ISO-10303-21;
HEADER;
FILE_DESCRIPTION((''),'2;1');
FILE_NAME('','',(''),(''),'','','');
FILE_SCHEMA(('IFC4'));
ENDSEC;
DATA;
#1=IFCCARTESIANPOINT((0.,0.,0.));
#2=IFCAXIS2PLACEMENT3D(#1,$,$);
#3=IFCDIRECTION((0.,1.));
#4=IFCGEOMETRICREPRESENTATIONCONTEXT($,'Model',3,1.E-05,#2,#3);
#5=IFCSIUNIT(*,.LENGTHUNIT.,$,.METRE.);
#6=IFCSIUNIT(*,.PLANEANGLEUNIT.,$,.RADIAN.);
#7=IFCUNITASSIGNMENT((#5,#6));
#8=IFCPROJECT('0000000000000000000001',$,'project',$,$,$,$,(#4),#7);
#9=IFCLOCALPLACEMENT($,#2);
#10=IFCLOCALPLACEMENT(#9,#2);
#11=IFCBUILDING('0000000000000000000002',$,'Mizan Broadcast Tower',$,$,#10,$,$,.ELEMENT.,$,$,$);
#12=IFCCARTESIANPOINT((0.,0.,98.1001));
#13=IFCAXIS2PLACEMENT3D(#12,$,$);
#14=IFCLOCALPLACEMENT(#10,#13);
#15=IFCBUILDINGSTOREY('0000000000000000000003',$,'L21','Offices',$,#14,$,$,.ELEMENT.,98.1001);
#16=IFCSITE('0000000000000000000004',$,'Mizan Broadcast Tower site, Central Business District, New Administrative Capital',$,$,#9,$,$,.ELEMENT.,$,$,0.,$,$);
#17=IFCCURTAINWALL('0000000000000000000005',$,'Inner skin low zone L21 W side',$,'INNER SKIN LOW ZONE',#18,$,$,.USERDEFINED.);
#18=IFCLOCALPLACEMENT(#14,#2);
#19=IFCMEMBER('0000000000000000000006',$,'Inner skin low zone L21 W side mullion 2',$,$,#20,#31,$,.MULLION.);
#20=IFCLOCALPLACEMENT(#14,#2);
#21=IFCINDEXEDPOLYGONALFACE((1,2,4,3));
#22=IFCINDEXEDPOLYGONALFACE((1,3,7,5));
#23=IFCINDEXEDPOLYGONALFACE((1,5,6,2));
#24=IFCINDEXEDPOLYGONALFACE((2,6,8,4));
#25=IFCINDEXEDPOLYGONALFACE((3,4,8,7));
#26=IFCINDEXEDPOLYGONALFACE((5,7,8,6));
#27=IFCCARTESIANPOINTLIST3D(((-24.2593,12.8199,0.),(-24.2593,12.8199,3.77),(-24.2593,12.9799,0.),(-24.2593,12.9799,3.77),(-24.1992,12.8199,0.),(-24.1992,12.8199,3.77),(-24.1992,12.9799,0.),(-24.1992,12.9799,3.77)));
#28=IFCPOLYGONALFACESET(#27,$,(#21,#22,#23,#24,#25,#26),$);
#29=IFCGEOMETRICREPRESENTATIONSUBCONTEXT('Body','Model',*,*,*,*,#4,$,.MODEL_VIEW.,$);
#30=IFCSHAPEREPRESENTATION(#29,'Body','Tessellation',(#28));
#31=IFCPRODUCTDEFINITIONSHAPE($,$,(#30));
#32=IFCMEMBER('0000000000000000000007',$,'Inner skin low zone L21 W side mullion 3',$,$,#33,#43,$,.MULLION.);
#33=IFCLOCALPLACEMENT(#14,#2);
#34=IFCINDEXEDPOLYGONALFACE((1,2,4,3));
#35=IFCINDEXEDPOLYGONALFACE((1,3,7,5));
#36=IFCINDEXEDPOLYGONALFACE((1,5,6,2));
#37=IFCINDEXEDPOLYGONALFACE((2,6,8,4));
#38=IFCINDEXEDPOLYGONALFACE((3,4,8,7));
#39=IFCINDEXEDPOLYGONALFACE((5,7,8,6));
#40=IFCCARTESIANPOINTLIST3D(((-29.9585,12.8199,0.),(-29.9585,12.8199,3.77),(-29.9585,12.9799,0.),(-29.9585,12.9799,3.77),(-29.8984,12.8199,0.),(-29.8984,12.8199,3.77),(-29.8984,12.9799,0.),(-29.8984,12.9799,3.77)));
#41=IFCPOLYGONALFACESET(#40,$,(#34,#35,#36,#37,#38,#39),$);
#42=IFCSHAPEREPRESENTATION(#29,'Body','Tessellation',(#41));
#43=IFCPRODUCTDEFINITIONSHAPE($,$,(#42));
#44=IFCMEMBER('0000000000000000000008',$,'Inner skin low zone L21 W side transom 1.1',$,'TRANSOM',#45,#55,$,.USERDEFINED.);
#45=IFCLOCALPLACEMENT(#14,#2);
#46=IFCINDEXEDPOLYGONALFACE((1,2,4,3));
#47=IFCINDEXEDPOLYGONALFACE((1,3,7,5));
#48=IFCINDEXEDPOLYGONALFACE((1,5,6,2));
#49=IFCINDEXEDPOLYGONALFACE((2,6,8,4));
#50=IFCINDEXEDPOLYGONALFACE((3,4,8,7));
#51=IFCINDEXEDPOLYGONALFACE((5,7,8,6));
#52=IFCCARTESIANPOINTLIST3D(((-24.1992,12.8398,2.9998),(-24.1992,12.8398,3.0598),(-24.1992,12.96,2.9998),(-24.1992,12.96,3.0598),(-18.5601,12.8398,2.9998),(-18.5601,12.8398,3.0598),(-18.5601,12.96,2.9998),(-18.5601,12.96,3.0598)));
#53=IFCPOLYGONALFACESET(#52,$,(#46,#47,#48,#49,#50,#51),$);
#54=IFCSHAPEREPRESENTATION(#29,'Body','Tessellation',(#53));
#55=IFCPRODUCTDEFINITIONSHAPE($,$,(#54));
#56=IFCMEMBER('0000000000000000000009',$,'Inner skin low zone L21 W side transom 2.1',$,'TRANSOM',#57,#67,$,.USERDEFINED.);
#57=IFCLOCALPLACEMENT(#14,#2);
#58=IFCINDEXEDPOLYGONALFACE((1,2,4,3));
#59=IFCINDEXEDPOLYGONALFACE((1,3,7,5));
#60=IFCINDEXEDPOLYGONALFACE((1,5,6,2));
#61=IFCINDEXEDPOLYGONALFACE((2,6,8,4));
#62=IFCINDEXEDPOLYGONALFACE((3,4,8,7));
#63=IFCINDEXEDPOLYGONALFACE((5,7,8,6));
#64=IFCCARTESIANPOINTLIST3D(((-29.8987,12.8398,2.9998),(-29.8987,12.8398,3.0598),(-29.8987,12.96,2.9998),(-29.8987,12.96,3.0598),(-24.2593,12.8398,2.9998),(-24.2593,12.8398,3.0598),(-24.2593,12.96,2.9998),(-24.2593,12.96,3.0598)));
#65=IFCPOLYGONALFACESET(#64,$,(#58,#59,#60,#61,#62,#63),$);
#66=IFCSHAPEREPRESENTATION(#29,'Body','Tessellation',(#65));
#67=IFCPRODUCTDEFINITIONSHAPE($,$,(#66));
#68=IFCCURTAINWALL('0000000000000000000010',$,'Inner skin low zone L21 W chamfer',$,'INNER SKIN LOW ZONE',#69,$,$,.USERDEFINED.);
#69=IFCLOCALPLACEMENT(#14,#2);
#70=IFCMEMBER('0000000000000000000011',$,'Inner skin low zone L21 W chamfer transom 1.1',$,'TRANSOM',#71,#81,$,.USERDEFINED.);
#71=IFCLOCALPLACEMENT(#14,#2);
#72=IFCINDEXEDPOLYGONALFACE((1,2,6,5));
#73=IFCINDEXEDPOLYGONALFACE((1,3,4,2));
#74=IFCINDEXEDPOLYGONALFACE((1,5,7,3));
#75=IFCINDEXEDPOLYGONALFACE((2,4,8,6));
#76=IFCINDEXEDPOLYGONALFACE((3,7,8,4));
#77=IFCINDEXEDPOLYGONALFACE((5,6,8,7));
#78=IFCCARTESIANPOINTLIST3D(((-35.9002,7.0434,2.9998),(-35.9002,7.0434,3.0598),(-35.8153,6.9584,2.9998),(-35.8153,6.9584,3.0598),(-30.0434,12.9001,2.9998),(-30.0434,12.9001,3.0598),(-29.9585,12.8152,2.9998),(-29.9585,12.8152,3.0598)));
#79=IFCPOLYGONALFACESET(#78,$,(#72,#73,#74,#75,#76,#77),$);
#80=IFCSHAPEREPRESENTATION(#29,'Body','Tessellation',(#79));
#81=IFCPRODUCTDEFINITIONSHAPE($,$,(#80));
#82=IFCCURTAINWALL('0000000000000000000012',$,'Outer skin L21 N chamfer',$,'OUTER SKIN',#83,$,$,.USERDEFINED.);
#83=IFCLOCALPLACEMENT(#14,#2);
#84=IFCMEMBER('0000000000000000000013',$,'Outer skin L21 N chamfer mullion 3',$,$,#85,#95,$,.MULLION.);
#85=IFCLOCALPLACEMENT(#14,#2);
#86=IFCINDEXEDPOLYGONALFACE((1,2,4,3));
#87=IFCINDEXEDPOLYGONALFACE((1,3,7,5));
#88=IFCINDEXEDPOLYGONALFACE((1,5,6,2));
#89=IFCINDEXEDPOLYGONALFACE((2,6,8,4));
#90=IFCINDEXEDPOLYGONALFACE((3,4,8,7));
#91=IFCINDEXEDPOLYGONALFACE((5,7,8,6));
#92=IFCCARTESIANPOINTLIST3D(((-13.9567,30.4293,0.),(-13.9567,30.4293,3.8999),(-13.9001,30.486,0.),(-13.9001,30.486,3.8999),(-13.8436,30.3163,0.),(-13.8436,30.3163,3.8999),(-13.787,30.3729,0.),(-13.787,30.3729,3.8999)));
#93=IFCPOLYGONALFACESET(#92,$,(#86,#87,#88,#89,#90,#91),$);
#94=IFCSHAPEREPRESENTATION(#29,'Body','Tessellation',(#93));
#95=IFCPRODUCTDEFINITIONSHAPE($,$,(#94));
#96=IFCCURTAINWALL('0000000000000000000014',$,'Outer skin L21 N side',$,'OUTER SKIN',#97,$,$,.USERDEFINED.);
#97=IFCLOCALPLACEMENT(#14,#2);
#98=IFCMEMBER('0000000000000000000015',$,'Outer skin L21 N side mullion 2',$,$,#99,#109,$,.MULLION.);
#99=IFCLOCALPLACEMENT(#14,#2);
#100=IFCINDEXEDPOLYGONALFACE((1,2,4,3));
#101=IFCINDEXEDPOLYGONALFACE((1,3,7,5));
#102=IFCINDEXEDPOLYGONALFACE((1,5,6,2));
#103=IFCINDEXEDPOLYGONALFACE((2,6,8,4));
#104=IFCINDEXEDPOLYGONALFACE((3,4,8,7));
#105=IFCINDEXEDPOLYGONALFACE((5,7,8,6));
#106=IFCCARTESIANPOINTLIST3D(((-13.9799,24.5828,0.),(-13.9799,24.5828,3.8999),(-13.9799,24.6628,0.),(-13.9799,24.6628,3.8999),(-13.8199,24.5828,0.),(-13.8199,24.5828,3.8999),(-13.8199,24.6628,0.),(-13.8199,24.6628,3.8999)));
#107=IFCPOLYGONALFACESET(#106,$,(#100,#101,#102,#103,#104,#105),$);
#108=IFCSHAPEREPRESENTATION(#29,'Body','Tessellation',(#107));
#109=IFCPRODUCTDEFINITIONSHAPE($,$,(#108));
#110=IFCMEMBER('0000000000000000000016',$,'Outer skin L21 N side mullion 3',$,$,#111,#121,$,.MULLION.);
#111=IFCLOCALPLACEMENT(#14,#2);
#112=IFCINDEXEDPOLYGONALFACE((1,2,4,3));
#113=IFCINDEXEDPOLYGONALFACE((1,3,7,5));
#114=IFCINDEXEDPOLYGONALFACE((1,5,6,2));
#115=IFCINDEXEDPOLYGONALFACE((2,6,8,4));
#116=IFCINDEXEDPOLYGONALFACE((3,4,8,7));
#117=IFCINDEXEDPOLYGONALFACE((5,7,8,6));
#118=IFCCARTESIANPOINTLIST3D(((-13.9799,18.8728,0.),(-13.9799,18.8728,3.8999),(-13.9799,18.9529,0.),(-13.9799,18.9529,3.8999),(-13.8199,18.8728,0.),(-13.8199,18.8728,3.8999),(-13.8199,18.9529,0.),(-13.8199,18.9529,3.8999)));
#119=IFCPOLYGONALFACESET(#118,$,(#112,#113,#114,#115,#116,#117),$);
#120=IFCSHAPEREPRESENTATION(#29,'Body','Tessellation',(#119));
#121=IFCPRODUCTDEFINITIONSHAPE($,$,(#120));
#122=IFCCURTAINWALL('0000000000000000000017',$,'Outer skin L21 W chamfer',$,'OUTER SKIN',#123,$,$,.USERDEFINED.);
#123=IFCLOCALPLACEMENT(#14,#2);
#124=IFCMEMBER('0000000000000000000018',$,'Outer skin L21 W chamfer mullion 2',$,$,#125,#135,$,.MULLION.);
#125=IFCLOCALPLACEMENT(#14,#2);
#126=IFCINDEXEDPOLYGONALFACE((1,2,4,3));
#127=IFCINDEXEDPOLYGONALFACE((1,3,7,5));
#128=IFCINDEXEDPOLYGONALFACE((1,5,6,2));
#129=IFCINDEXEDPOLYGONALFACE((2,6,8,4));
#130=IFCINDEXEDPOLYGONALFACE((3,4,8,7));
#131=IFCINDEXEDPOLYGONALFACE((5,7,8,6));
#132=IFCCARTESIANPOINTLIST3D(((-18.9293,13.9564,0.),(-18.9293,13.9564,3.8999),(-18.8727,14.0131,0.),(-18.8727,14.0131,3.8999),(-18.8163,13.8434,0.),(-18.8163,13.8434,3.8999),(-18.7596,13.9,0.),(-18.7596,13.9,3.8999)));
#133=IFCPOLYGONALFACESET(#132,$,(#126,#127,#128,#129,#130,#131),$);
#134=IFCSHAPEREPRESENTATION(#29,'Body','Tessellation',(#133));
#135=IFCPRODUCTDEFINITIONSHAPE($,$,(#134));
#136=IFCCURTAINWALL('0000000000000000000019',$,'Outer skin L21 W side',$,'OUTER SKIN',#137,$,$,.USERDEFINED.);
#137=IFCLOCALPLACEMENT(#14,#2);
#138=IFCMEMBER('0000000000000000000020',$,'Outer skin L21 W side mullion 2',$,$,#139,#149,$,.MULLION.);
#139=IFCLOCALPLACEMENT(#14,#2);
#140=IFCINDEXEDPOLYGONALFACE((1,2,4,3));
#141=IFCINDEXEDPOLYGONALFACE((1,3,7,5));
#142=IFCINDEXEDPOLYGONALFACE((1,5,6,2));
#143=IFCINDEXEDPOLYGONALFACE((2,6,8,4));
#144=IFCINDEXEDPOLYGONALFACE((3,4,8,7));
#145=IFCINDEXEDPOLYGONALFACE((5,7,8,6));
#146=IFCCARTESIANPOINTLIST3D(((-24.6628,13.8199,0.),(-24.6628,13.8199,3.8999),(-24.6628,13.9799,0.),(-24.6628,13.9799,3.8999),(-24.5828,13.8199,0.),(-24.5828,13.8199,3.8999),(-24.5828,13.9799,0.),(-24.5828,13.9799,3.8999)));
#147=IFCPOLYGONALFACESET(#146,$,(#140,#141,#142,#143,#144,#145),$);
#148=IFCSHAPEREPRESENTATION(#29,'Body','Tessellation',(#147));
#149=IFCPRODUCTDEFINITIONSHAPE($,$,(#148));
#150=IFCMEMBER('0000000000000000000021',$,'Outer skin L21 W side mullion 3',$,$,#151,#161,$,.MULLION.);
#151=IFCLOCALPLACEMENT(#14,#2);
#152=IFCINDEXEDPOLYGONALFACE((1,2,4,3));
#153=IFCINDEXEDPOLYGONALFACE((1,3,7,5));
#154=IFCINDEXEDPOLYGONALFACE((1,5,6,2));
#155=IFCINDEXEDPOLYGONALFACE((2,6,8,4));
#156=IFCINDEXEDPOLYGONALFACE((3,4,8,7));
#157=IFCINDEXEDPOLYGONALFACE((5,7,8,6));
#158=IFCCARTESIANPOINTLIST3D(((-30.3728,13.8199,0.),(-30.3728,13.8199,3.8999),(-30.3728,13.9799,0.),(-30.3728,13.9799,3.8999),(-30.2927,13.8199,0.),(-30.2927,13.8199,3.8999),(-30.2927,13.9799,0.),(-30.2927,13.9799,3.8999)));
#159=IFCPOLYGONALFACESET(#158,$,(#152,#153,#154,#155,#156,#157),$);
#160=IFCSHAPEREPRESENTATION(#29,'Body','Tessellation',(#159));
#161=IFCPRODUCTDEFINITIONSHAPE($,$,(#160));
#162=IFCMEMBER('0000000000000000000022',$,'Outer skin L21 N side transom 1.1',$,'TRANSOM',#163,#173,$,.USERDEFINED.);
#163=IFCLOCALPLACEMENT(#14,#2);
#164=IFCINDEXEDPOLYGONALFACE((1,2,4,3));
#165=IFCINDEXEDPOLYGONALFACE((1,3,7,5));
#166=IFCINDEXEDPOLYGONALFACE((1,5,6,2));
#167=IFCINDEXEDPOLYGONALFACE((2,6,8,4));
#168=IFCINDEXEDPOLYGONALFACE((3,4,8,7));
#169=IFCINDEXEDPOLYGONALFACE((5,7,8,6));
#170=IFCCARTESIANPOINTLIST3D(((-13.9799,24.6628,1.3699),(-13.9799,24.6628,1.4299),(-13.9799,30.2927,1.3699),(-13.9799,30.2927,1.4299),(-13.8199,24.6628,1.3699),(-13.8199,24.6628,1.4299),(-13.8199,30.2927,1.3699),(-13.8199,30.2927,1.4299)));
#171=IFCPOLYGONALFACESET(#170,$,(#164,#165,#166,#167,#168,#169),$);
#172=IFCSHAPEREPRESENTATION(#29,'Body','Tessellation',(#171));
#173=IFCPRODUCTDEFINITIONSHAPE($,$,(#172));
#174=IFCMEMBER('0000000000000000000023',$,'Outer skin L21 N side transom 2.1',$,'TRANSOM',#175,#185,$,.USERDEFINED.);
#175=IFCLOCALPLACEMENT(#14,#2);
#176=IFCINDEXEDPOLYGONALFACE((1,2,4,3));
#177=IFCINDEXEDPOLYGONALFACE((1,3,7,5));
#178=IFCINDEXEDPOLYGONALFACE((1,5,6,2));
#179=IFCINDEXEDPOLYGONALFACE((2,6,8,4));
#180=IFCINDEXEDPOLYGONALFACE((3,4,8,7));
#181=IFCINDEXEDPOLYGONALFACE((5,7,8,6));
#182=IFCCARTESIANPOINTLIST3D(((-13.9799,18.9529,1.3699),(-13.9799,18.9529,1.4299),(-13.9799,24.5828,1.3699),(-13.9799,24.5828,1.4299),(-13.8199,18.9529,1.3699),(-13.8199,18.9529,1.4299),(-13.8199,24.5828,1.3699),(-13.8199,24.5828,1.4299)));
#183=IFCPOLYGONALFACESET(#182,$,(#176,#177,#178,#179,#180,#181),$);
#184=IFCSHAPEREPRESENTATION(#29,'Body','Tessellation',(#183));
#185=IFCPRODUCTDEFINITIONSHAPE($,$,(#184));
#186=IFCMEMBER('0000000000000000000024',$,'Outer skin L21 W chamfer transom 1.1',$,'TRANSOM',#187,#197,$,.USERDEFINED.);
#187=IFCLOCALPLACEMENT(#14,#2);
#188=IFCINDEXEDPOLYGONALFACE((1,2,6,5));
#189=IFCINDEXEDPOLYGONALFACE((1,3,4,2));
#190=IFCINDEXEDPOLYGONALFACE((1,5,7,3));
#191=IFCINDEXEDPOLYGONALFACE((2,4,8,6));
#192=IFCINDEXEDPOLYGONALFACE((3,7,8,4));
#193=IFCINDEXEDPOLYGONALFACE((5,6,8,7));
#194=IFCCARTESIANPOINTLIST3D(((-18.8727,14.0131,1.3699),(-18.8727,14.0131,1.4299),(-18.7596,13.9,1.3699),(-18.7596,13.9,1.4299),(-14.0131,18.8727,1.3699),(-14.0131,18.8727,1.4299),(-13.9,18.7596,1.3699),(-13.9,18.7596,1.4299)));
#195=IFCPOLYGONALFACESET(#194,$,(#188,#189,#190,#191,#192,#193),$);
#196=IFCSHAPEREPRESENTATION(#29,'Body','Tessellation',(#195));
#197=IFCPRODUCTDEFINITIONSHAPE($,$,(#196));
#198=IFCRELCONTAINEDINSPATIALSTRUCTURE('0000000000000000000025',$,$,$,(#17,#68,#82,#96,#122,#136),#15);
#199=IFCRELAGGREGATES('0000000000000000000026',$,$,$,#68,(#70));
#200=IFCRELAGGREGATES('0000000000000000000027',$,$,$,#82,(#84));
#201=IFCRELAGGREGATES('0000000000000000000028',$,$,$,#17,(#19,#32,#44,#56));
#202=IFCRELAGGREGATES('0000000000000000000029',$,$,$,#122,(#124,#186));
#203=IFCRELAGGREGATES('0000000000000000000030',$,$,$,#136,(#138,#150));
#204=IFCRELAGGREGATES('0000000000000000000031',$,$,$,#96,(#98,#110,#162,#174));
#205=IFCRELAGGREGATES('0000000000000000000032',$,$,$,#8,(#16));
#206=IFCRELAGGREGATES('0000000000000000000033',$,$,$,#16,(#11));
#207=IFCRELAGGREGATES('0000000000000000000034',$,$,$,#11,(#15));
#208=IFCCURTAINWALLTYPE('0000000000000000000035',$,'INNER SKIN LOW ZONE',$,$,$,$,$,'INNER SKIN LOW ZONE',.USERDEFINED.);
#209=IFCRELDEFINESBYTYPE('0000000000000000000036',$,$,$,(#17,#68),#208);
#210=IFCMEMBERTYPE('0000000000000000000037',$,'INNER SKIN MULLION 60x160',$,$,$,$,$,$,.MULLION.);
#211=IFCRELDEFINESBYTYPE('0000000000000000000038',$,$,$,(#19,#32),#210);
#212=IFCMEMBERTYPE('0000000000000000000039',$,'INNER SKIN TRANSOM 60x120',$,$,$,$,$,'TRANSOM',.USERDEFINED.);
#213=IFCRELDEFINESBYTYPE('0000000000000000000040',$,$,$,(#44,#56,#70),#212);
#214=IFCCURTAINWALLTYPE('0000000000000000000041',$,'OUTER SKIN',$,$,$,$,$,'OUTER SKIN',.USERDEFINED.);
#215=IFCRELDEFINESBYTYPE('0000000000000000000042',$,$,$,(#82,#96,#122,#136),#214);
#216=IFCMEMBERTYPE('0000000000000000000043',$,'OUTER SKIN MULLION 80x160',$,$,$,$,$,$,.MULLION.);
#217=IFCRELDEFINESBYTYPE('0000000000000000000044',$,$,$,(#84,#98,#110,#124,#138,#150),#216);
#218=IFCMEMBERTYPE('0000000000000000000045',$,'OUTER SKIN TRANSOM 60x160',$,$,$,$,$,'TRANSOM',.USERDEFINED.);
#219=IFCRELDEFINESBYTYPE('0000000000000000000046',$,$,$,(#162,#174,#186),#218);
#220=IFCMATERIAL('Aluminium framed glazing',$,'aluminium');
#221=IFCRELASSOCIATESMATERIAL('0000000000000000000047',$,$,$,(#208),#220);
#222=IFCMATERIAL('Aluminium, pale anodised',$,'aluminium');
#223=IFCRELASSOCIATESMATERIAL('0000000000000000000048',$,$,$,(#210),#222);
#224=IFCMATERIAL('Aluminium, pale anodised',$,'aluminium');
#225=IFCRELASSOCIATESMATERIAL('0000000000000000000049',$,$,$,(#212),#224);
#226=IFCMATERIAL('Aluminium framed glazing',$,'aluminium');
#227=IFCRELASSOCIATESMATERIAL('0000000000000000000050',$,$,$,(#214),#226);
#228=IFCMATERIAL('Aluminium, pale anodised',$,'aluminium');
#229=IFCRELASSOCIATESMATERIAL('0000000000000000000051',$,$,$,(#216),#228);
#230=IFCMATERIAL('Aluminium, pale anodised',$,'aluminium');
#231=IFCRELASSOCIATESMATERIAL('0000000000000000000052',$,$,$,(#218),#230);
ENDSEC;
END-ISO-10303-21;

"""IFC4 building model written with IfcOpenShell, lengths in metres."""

from ifc_helpers import new_model, si_unit, direction, frame, origin, origin_2d, place, context, subcontext, project, spatial, rectangle, extrude, material, material_profile, profile_set, type_object, element, aggregate, save


model = new_model("IFC4")

# Units and contexts
model_context = context("Model", 3, precision=1e-05, world=origin(), true_north=direction((0.0, 1.0)))
body_context = subcontext(model_context, "Body", "Model", "MODEL_VIEW")
ifc_project = project(units=[si_unit("LENGTHUNIT", "METRE"), si_unit("PLANEANGLEUNIT", "RADIAN")], contexts=[model_context])

# Site, building, storey
site_placement = place(None, origin())
site = spatial("IfcSite", under=ifc_project, at=site_placement, Name="Mizan Broadcast Tower site, Central Business District, New Administrative Capital", CompositionType="ELEMENT", RefElevation=0.0)
building_placement = place(site_placement, origin())
building = spatial("IfcBuilding", under=site, at=building_placement, Name="Mizan Broadcast Tower", CompositionType="ELEMENT")
storey_placement = place(building_placement, frame((0.0, 0.0, 98.1001)))
storey = spatial("IfcBuildingStorey", under=building, at=storey_placement, Name="L21", Description="Offices", CompositionType="ELEMENT", Elevation=98.1001)

# Curtain wall, members
ifc_material_1 = material(Name="Aluminium framed glazing", Category="aluminium")
curtain_wall_type_1 = type_object("IfcCurtainWallType", Name="INNER SKIN LOW ZONE", ElementType="INNER SKIN LOW ZONE", PredefinedType="USERDEFINED", material=ifc_material_1)
curtain_wall_1_placement = place(storey_placement, origin())
curtain_wall_1 = element("IfcCurtainWall", 1, at=curtain_wall_1_placement, inside=storey, type_object=curtain_wall_type_1, Name="Inner skin low zone L21 W side", ObjectType="INNER SKIN LOW ZONE", PredefinedType="USERDEFINED")
ifc_material_2 = material(Name="Aluminium, pale anodised", Category="aluminium")
ifc_material_profile_1 = material_profile(ifc_material_2, rectangle(XDim=0.1599, YDim=0.0601, at=origin_2d()), Name="MULLION 160x60")
ifc_profile_set_1 = profile_set([ifc_material_profile_1], Name="Aluminium, pale anodised")
member_type_1 = type_object("IfcMemberType", Name="INNER SKIN MULLION 60x160", PredefinedType="MULLION", material=ifc_profile_set_1)
member_1_placement = place(storey_placement, frame((-24.2292, 12.8999, 0.0), z_axis=(0.0, 0.0, 1.0), x_axis=(0.0, -1.0, 0.0)))
member_1 = element("IfcMember", 2, at=member_1_placement, type_object=member_type_1, Name="Inner skin low zone L21 W side mullion 2", PredefinedType="MULLION", context=body_context, shape_type="SweptSolid", body=[
    extrude(rectangle(XDim=0.1599, YDim=0.0601, at=origin_2d()), origin(), (0.0, 0.0, 1.0), 3.77),
])
member_2_placement = place(storey_placement, frame((-29.9285, 12.8999, 0.0), z_axis=(0.0, 0.0, 1.0), x_axis=(0.0, -1.0, 0.0)))
member_2 = element("IfcMember", 3, at=member_2_placement, type_object=member_type_1, Name="Inner skin low zone L21 W side mullion 3", PredefinedType="MULLION", context=body_context, shape_type="SweptSolid", body=[
    extrude(rectangle(XDim=0.1599, YDim=0.0601, at=origin_2d()), origin(), (0.0, 0.0, 1.0), 3.77),
])
ifc_material_3 = material(Name="Aluminium, pale anodised", Category="aluminium")
ifc_material_profile_2 = material_profile(ifc_material_3, rectangle(XDim=0.1201, YDim=0.0601, at=origin_2d()), Name="TRANSOM 120x60")
ifc_profile_set_2 = profile_set([ifc_material_profile_2], Name="Aluminium, pale anodised")
member_type_2 = type_object("IfcMemberType", Name="INNER SKIN TRANSOM 60x120", ElementType="TRANSOM", PredefinedType="USERDEFINED", material=ifc_profile_set_2)
member_3_placement = place(storey_placement, frame((-18.5601, 12.8999, 3.0298), z_axis=(-1.0, 0.0, 0.0), x_axis=(0.0, -1.0, 0.0)))
member_3 = element("IfcMember", 4, at=member_3_placement, type_object=member_type_2, Name="Inner skin low zone L21 W side transom 1.1", ObjectType="TRANSOM", PredefinedType="USERDEFINED", context=body_context, shape_type="SweptSolid", body=[
    extrude(rectangle(XDim=0.1201, YDim=0.0601, at=origin_2d()), origin(), (0.0, 0.0, 1.0), 5.6392),
])
member_4_placement = place(storey_placement, frame((-24.2593, 12.8999, 3.0298), z_axis=(-1.0, 0.0, 0.0), x_axis=(0.0, -1.0, 0.0)))
member_4 = element("IfcMember", 5, at=member_4_placement, type_object=member_type_2, Name="Inner skin low zone L21 W side transom 2.1", ObjectType="TRANSOM", PredefinedType="USERDEFINED", context=body_context, shape_type="SweptSolid", body=[
    extrude(rectangle(XDim=0.1201, YDim=0.0601, at=origin_2d()), origin(), (0.0, 0.0, 1.0), 5.6394),
])

# Curtain walls, members
curtain_wall_2_placement = place(storey_placement, origin())
curtain_wall_2 = element("IfcCurtainWall", 6, at=curtain_wall_2_placement, inside=storey, type_object=curtain_wall_type_1, Name="Inner skin low zone L21 W chamfer", ObjectType="INNER SKIN LOW ZONE", PredefinedType="USERDEFINED")
member_5_placement = place(storey_placement, frame((-30.001, 12.8577, 3.0298), z_axis=(-0.707107, -0.707107, 0.0), x_axis=(0.707107, -0.707107, 0.0)))
member_5 = element("IfcMember", 7, at=member_5_placement, type_object=member_type_2, Name="Inner skin low zone L21 W chamfer transom 1.1", ObjectType="TRANSOM", PredefinedType="USERDEFINED", context=body_context, shape_type="SweptSolid", body=[
    extrude(rectangle(XDim=0.1201, YDim=0.0601, at=origin_2d()), origin(), (0.0, 0.0, 1.0), 8.2827),
])
aggregate(curtain_wall_2, [member_5])
ifc_material_4 = material(Name="Aluminium framed glazing", Category="aluminium")
curtain_wall_type_2 = type_object("IfcCurtainWallType", Name="OUTER SKIN", ElementType="OUTER SKIN", PredefinedType="USERDEFINED", material=ifc_material_4)
curtain_wall_3_placement = place(storey_placement, origin())
curtain_wall_3 = element("IfcCurtainWall", 8, at=curtain_wall_3_placement, inside=storey, type_object=curtain_wall_type_2, Name="Outer skin L21 N chamfer", ObjectType="OUTER SKIN", PredefinedType="USERDEFINED")
ifc_material_5 = material(Name="Aluminium, pale anodised", Category="aluminium")
ifc_material_profile_3 = material_profile(ifc_material_5, rectangle(XDim=0.1599, YDim=0.0801, at=origin_2d()), Name="MULLION 160x80")
ifc_profile_set_3 = profile_set([ifc_material_profile_3], Name="Aluminium, pale anodised")
member_type_3 = type_object("IfcMemberType", Name="OUTER SKIN MULLION 80x160", PredefinedType="MULLION", material=ifc_profile_set_3)
member_6_placement = place(storey_placement, frame((-13.8718, 30.4011, 0.0), z_axis=(0.0, 0.0, 1.0), x_axis=(0.707107, -0.707107, 0.0)))
member_6 = element("IfcMember", 9, at=member_6_placement, type_object=member_type_3, Name="Outer skin L21 N chamfer mullion 3", PredefinedType="MULLION", context=body_context, shape_type="SweptSolid", body=[
    extrude(rectangle(XDim=0.1599, YDim=0.0801, at=origin_2d()), origin(), (0.0, 0.0, 1.0), 3.8999),
])
aggregate(curtain_wall_3, [member_6])

# Curtain wall, members
curtain_wall_4_placement = place(storey_placement, origin())
curtain_wall_4 = element("IfcCurtainWall", 10, at=curtain_wall_4_placement, inside=storey, type_object=curtain_wall_type_2, Name="Outer skin L21 N side", ObjectType="OUTER SKIN", PredefinedType="USERDEFINED")
member_7_placement = place(storey_placement, frame((-13.8999, 24.6228, 0.0), z_axis=(0.0, 0.0, 1.0), x_axis=(1.0, 0.0, 0.0)))
member_7 = element("IfcMember", 11, at=member_7_placement, type_object=member_type_3, Name="Outer skin L21 N side mullion 2", PredefinedType="MULLION", context=body_context, shape_type="SweptSolid", body=[
    extrude(rectangle(XDim=0.1599, YDim=0.0801, at=origin_2d()), origin(), (0.0, 0.0, 1.0), 3.8999),
])
member_8_placement = place(storey_placement, frame((-13.8999, 18.9128, 0.0), z_axis=(0.0, 0.0, 1.0), x_axis=(1.0, 0.0, 0.0)))
member_8 = element("IfcMember", 12, at=member_8_placement, type_object=member_type_3, Name="Outer skin L21 N side mullion 3", PredefinedType="MULLION", context=body_context, shape_type="SweptSolid", body=[
    extrude(rectangle(XDim=0.1599, YDim=0.0801, at=origin_2d()), origin(), (0.0, 0.0, 1.0), 3.8999),
])

# Curtain wall, member
curtain_wall_5_placement = place(storey_placement, origin())
curtain_wall_5 = element("IfcCurtainWall", 13, at=curtain_wall_5_placement, inside=storey, type_object=curtain_wall_type_2, Name="Outer skin L21 W chamfer", ObjectType="OUTER SKIN", PredefinedType="USERDEFINED")
member_9_placement = place(storey_placement, frame((-18.8445, 13.9282, 0.0), z_axis=(0.0, 0.0, 1.0), x_axis=(0.707107, -0.707107, 0.0)))
member_9 = element("IfcMember", 14, at=member_9_placement, type_object=member_type_3, Name="Outer skin L21 W chamfer mullion 2", PredefinedType="MULLION", context=body_context, shape_type="SweptSolid", body=[
    extrude(rectangle(XDim=0.1599, YDim=0.0801, at=origin_2d()), origin(), (0.0, 0.0, 1.0), 3.8999),
])

# Curtain wall, members
curtain_wall_6_placement = place(storey_placement, origin())
curtain_wall_6 = element("IfcCurtainWall", 15, at=curtain_wall_6_placement, inside=storey, type_object=curtain_wall_type_2, Name="Outer skin L21 W side", ObjectType="OUTER SKIN", PredefinedType="USERDEFINED")
member_10_placement = place(storey_placement, frame((-24.6228, 13.8999, 0.0), z_axis=(0.0, 0.0, 1.0), x_axis=(0.0, -1.0, 0.0)))
member_10 = element("IfcMember", 16, at=member_10_placement, type_object=member_type_3, Name="Outer skin L21 W side mullion 2", PredefinedType="MULLION", context=body_context, shape_type="SweptSolid", body=[
    extrude(rectangle(XDim=0.1599, YDim=0.0801, at=origin_2d()), origin(), (0.0, 0.0, 1.0), 3.8999),
])
member_11_placement = place(storey_placement, frame((-30.3328, 13.8999, 0.0), z_axis=(0.0, 0.0, 1.0), x_axis=(0.0, -1.0, 0.0)))
member_11 = element("IfcMember", 17, at=member_11_placement, type_object=member_type_3, Name="Outer skin L21 W side mullion 3", PredefinedType="MULLION", context=body_context, shape_type="SweptSolid", body=[
    extrude(rectangle(XDim=0.1599, YDim=0.0801, at=origin_2d()), origin(), (0.0, 0.0, 1.0), 3.8999),
])

# Members
ifc_material_6 = material(Name="Aluminium, pale anodised", Category="aluminium")
ifc_material_profile_4 = material_profile(ifc_material_6, rectangle(XDim=0.1599, YDim=0.0601, at=origin_2d()), Name="TRANSOM 160x60")
ifc_profile_set_4 = profile_set([ifc_material_profile_4], Name="Aluminium, pale anodised")
member_type_4 = type_object("IfcMemberType", Name="OUTER SKIN TRANSOM 60x160", ElementType="TRANSOM", PredefinedType="USERDEFINED", material=ifc_profile_set_4)
member_12_placement = place(storey_placement, frame((-13.8999, 30.2927, 1.3999), z_axis=(0.0, -1.0, 0.0), x_axis=(1.0, 0.0, 0.0)))
member_12 = element("IfcMember", 18, at=member_12_placement, type_object=member_type_4, Name="Outer skin L21 N side transom 1.1", ObjectType="TRANSOM", PredefinedType="USERDEFINED", context=body_context, shape_type="SweptSolid", body=[
    extrude(rectangle(XDim=0.1599, YDim=0.0601, at=origin_2d()), origin(), (0.0, 0.0, 1.0), 5.6299),
])
member_13_placement = place(storey_placement, frame((-13.8999, 24.5828, 1.3999), z_axis=(0.0, -1.0, 0.0), x_axis=(1.0, 0.0, 0.0)))
member_13 = element("IfcMember", 19, at=member_13_placement, type_object=member_type_4, Name="Outer skin L21 N side transom 2.1", ObjectType="TRANSOM", PredefinedType="USERDEFINED", context=body_context, shape_type="SweptSolid", body=[
    extrude(rectangle(XDim=0.1599, YDim=0.0601, at=origin_2d()), origin(), (0.0, 0.0, 1.0), 5.6299),
])
member_14_placement = place(storey_placement, frame((-13.9565, 18.8162, 1.3999), z_axis=(-0.707107, -0.707107, 0.0), x_axis=(0.707107, -0.707107, 0.0)))
member_14 = element("IfcMember", 20, at=member_14_placement, type_object=member_type_4, Name="Outer skin L21 W chamfer transom 1.1", ObjectType="TRANSOM", PredefinedType="USERDEFINED", context=body_context, shape_type="SweptSolid", body=[
    extrude(rectangle(XDim=0.1599, YDim=0.0601, at=origin_2d()), origin(), (0.0, 0.0, 1.0), 6.8726),
])

aggregate(curtain_wall_1, [member_1, member_2, member_3, member_4])
aggregate(curtain_wall_5, [member_9, member_14])
aggregate(curtain_wall_6, [member_10, member_11])
aggregate(curtain_wall_4, [member_7, member_8, member_12, member_13])

save(model, "model.ifc")
